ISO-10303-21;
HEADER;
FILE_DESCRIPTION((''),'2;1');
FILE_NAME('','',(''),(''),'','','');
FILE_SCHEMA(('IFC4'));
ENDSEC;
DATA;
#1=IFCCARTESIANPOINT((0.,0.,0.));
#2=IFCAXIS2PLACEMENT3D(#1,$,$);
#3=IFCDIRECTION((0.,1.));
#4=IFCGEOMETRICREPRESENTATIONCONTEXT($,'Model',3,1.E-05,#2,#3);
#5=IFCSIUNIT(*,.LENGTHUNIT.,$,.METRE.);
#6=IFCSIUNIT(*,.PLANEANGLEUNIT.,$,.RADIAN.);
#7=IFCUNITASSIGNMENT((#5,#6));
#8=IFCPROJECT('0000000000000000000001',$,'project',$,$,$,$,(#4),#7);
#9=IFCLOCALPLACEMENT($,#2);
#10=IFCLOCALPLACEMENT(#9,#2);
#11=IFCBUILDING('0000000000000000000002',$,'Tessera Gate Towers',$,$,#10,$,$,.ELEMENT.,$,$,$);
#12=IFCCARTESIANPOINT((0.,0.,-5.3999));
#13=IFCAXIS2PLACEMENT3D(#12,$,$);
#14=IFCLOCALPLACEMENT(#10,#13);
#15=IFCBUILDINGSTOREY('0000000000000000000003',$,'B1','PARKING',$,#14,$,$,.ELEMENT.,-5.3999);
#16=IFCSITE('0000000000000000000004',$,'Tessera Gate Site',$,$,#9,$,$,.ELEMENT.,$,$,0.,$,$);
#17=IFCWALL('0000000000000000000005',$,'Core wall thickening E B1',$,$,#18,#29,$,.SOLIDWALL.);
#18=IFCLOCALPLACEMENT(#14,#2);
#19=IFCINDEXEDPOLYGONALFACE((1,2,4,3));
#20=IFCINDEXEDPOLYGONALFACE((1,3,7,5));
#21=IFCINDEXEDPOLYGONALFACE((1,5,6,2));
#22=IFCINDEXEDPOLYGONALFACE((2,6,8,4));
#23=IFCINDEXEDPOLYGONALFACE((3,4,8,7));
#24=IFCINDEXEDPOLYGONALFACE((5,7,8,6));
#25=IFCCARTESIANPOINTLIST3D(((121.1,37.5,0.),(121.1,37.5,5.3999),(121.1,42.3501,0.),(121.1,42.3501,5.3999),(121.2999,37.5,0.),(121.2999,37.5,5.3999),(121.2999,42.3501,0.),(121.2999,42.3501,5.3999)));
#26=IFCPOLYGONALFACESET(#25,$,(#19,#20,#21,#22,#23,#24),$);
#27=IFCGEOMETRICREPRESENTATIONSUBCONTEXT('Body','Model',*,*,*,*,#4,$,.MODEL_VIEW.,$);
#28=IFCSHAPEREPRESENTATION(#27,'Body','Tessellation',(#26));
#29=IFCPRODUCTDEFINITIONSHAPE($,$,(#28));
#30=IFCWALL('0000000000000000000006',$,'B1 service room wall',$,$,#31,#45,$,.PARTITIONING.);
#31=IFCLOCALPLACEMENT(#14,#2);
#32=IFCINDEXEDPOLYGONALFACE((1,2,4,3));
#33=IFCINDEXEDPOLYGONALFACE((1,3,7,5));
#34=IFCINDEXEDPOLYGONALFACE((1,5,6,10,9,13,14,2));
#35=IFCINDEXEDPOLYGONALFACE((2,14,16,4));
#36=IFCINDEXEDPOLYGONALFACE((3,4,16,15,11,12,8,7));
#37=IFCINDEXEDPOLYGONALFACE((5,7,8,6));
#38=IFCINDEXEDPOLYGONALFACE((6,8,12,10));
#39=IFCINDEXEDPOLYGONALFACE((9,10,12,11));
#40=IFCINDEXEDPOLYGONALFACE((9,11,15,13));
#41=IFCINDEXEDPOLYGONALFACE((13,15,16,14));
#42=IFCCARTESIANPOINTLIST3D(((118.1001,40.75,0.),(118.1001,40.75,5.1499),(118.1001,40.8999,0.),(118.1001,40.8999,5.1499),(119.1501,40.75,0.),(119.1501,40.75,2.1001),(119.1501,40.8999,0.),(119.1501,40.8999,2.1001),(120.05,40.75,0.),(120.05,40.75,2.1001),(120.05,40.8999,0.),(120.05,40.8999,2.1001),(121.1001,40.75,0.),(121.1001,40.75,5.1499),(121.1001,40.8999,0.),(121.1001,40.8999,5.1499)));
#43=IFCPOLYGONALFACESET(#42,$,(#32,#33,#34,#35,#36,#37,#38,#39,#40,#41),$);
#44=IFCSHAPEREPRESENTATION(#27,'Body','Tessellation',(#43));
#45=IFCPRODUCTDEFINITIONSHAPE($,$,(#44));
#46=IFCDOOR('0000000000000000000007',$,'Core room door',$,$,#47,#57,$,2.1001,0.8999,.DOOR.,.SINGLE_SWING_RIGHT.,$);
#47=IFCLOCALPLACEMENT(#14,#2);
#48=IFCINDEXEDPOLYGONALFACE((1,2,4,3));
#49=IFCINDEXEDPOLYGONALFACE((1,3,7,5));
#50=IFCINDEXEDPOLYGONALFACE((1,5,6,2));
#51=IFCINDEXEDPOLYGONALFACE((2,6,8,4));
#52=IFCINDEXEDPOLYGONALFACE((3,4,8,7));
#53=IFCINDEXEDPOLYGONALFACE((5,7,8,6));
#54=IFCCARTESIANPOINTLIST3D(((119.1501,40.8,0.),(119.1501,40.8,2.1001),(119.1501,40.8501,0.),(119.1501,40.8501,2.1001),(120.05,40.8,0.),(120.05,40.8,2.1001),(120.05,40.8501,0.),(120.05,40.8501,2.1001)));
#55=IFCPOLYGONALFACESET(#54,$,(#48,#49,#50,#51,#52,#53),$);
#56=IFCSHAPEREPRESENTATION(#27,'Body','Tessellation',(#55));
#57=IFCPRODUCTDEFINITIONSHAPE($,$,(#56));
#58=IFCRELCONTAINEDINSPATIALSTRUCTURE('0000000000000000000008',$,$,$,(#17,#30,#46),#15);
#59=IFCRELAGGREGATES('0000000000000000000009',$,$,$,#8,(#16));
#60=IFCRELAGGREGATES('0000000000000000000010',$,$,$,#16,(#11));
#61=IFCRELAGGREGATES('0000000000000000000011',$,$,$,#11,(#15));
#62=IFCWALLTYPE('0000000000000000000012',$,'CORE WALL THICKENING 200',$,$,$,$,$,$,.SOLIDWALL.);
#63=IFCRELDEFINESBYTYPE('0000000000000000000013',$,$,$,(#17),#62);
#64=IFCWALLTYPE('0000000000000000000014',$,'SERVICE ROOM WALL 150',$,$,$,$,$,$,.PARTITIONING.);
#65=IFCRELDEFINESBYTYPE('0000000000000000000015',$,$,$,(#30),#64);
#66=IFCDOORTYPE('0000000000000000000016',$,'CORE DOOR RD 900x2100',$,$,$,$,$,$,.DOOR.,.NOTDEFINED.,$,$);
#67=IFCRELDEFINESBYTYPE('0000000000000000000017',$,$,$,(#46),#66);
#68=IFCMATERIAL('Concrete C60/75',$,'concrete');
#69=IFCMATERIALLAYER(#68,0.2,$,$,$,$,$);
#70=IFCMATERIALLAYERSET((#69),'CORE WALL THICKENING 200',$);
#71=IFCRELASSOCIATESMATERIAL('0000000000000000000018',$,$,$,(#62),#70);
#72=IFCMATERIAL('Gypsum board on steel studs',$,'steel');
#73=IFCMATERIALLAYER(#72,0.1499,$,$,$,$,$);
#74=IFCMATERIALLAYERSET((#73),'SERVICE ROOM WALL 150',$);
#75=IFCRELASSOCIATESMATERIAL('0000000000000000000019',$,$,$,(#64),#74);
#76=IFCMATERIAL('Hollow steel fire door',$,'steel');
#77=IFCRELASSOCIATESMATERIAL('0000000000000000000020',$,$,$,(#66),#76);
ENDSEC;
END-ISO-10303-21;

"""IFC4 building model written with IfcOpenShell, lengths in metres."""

from ifc_helpers import new_model, si_unit, direction, frame, frame_2d, origin, place, context, subcontext, project, spatial, rectangle, extrude, source, transform, mapped, material, layer, layer_set, type_object, element, fill, save


model = new_model("IFC4")

# Units and contexts
model_context = context("Model", 3, precision=1e-05, world=origin(), true_north=direction((0.0, 1.0)))
body_context = subcontext(model_context, "Body", "Model", "MODEL_VIEW")
ifc_project = project(units=[si_unit("LENGTHUNIT", "METRE"), si_unit("PLANEANGLEUNIT", "RADIAN")], contexts=[model_context])

# Site, building, storey
site_placement = place(None, origin())
site = spatial("IfcSite", under=ifc_project, at=site_placement, Name="Tessera Gate Site", CompositionType="ELEMENT", RefElevation=0.0)
building_placement = place(site_placement, origin())
building = spatial("IfcBuilding", under=site, at=building_placement, Name="Tessera Gate Towers", CompositionType="ELEMENT")
storey_placement = place(building_placement, frame((0.0, 0.0, -5.3999)))
storey = spatial("IfcBuildingStorey", under=building, at=storey_placement, Name="B1", Description="PARKING", CompositionType="ELEMENT", Elevation=-5.3999)

# Wall
ifc_material_1 = material(Name="Concrete C60/75", Category="concrete")
ifc_layer_1 = layer(ifc_material_1, 0.2)
ifc_layer_set_1 = layer_set([ifc_layer_1], Name="CORE WALL THICKENING 200")
wall_type_1 = type_object("IfcWallType", Name="CORE WALL THICKENING 200", PredefinedType="SOLIDWALL", material=ifc_layer_set_1)
wall_1_placement = place(storey_placement, frame((121.2, 37.5, 0.0), z_axis=(0.0, 0.0, 1.0), x_axis=(0.0, 1.0, 0.0)))
element("IfcWall", 1, at=wall_1_placement, inside=storey, type_object=wall_type_1, Name="Core wall thickening E B1", PredefinedType="SOLIDWALL", context=body_context, shape_type="SweptSolid", body=[
    extrude(rectangle(XDim=4.8501, YDim=0.2, at=frame_2d((2.425, 0.0))), origin(), (0.0, 0.0, 1.0), 5.3999),
])

# Wall, opening, door
ifc_material_2 = material(Name="Gypsum board on steel studs", Category="steel")
ifc_layer_2 = layer(ifc_material_2, 0.1499)
ifc_layer_set_2 = layer_set([ifc_layer_2], Name="SERVICE ROOM WALL 150")
wall_type_2 = type_object("IfcWallType", Name="SERVICE ROOM WALL 150", PredefinedType="PARTITIONING", material=ifc_layer_set_2)
wall_2_placement = place(storey_placement, frame((121.1001, 40.825, 0.0), z_axis=(0.0, 0.0, 1.0), x_axis=(-1.0, 0.0, 0.0)))
wall_2 = element("IfcWall", 2, at=wall_2_placement, inside=storey, type_object=wall_type_2, Name="B1 service room wall", PredefinedType="PARTITIONING", context=body_context, shape_type="SweptSolid", body=[
    extrude(rectangle(XDim=3.0, YDim=0.1499, at=frame_2d((1.5, 0.0))), origin(), (0.0, 0.0, 1.0), 5.1499),
])
shared_shape_1 = source(origin(), body_context, "Body", "SweptSolid", [
    extrude(rectangle(XDim=0.8999, YDim=2.1001, at=frame_2d((0.45, 1.05))), frame((0.0, 0.085, 0.0), z_axis=(0.0, -1.0, 0.0), x_axis=(1.0, 0.0, 0.0)), (0.0, 0.0, 1.0), 0.1699),
])
opening_1_placement = place(wall_2_placement, frame((1.05, 0.0, 0.0)))
opening_1 = element("IfcOpeningElement", 3, at=opening_1_placement, cuts=wall_2, PredefinedType="OPENING", context=body_context, shape_type="MappedRepresentation", body=[
    mapped(shared_shape_1, transform((0.0, 0.0, 0.0), scale=1.0)),
])
ifc_material_3 = material(Name="Hollow steel fire door", Category="steel")
door_type_1 = type_object("IfcDoorType", Name="CORE DOOR RD 900x2100", OperationType="NOTDEFINED", PredefinedType="DOOR", material=ifc_material_3)
shared_shape_2 = source(origin(), body_context, "Body", "SweptSolid", [
    extrude(rectangle(XDim=0.8999, YDim=2.1001, at=frame_2d((0.45, 1.05))), frame((0.0, 0.0249, 0.0), z_axis=(0.0, -1.0, 0.0), x_axis=(1.0, 0.0, 0.0)), (0.0, 0.0, 1.0), 0.05),
])
door_1_placement = place(opening_1_placement, origin())
door_1 = element("IfcDoor", 4, at=door_1_placement, inside=storey, type_object=door_type_1, Name="Core room door", OperationType="SINGLE_SWING_RIGHT", OverallHeight=2.1001, OverallWidth=0.8999, PredefinedType="DOOR", context=body_context, shape_type="MappedRepresentation", body=[
    mapped(shared_shape_2, transform((0.0, 0.0, 0.0), scale=1.0)),
])
fill(opening_1, door_1)

save(model, "model.ifc")
